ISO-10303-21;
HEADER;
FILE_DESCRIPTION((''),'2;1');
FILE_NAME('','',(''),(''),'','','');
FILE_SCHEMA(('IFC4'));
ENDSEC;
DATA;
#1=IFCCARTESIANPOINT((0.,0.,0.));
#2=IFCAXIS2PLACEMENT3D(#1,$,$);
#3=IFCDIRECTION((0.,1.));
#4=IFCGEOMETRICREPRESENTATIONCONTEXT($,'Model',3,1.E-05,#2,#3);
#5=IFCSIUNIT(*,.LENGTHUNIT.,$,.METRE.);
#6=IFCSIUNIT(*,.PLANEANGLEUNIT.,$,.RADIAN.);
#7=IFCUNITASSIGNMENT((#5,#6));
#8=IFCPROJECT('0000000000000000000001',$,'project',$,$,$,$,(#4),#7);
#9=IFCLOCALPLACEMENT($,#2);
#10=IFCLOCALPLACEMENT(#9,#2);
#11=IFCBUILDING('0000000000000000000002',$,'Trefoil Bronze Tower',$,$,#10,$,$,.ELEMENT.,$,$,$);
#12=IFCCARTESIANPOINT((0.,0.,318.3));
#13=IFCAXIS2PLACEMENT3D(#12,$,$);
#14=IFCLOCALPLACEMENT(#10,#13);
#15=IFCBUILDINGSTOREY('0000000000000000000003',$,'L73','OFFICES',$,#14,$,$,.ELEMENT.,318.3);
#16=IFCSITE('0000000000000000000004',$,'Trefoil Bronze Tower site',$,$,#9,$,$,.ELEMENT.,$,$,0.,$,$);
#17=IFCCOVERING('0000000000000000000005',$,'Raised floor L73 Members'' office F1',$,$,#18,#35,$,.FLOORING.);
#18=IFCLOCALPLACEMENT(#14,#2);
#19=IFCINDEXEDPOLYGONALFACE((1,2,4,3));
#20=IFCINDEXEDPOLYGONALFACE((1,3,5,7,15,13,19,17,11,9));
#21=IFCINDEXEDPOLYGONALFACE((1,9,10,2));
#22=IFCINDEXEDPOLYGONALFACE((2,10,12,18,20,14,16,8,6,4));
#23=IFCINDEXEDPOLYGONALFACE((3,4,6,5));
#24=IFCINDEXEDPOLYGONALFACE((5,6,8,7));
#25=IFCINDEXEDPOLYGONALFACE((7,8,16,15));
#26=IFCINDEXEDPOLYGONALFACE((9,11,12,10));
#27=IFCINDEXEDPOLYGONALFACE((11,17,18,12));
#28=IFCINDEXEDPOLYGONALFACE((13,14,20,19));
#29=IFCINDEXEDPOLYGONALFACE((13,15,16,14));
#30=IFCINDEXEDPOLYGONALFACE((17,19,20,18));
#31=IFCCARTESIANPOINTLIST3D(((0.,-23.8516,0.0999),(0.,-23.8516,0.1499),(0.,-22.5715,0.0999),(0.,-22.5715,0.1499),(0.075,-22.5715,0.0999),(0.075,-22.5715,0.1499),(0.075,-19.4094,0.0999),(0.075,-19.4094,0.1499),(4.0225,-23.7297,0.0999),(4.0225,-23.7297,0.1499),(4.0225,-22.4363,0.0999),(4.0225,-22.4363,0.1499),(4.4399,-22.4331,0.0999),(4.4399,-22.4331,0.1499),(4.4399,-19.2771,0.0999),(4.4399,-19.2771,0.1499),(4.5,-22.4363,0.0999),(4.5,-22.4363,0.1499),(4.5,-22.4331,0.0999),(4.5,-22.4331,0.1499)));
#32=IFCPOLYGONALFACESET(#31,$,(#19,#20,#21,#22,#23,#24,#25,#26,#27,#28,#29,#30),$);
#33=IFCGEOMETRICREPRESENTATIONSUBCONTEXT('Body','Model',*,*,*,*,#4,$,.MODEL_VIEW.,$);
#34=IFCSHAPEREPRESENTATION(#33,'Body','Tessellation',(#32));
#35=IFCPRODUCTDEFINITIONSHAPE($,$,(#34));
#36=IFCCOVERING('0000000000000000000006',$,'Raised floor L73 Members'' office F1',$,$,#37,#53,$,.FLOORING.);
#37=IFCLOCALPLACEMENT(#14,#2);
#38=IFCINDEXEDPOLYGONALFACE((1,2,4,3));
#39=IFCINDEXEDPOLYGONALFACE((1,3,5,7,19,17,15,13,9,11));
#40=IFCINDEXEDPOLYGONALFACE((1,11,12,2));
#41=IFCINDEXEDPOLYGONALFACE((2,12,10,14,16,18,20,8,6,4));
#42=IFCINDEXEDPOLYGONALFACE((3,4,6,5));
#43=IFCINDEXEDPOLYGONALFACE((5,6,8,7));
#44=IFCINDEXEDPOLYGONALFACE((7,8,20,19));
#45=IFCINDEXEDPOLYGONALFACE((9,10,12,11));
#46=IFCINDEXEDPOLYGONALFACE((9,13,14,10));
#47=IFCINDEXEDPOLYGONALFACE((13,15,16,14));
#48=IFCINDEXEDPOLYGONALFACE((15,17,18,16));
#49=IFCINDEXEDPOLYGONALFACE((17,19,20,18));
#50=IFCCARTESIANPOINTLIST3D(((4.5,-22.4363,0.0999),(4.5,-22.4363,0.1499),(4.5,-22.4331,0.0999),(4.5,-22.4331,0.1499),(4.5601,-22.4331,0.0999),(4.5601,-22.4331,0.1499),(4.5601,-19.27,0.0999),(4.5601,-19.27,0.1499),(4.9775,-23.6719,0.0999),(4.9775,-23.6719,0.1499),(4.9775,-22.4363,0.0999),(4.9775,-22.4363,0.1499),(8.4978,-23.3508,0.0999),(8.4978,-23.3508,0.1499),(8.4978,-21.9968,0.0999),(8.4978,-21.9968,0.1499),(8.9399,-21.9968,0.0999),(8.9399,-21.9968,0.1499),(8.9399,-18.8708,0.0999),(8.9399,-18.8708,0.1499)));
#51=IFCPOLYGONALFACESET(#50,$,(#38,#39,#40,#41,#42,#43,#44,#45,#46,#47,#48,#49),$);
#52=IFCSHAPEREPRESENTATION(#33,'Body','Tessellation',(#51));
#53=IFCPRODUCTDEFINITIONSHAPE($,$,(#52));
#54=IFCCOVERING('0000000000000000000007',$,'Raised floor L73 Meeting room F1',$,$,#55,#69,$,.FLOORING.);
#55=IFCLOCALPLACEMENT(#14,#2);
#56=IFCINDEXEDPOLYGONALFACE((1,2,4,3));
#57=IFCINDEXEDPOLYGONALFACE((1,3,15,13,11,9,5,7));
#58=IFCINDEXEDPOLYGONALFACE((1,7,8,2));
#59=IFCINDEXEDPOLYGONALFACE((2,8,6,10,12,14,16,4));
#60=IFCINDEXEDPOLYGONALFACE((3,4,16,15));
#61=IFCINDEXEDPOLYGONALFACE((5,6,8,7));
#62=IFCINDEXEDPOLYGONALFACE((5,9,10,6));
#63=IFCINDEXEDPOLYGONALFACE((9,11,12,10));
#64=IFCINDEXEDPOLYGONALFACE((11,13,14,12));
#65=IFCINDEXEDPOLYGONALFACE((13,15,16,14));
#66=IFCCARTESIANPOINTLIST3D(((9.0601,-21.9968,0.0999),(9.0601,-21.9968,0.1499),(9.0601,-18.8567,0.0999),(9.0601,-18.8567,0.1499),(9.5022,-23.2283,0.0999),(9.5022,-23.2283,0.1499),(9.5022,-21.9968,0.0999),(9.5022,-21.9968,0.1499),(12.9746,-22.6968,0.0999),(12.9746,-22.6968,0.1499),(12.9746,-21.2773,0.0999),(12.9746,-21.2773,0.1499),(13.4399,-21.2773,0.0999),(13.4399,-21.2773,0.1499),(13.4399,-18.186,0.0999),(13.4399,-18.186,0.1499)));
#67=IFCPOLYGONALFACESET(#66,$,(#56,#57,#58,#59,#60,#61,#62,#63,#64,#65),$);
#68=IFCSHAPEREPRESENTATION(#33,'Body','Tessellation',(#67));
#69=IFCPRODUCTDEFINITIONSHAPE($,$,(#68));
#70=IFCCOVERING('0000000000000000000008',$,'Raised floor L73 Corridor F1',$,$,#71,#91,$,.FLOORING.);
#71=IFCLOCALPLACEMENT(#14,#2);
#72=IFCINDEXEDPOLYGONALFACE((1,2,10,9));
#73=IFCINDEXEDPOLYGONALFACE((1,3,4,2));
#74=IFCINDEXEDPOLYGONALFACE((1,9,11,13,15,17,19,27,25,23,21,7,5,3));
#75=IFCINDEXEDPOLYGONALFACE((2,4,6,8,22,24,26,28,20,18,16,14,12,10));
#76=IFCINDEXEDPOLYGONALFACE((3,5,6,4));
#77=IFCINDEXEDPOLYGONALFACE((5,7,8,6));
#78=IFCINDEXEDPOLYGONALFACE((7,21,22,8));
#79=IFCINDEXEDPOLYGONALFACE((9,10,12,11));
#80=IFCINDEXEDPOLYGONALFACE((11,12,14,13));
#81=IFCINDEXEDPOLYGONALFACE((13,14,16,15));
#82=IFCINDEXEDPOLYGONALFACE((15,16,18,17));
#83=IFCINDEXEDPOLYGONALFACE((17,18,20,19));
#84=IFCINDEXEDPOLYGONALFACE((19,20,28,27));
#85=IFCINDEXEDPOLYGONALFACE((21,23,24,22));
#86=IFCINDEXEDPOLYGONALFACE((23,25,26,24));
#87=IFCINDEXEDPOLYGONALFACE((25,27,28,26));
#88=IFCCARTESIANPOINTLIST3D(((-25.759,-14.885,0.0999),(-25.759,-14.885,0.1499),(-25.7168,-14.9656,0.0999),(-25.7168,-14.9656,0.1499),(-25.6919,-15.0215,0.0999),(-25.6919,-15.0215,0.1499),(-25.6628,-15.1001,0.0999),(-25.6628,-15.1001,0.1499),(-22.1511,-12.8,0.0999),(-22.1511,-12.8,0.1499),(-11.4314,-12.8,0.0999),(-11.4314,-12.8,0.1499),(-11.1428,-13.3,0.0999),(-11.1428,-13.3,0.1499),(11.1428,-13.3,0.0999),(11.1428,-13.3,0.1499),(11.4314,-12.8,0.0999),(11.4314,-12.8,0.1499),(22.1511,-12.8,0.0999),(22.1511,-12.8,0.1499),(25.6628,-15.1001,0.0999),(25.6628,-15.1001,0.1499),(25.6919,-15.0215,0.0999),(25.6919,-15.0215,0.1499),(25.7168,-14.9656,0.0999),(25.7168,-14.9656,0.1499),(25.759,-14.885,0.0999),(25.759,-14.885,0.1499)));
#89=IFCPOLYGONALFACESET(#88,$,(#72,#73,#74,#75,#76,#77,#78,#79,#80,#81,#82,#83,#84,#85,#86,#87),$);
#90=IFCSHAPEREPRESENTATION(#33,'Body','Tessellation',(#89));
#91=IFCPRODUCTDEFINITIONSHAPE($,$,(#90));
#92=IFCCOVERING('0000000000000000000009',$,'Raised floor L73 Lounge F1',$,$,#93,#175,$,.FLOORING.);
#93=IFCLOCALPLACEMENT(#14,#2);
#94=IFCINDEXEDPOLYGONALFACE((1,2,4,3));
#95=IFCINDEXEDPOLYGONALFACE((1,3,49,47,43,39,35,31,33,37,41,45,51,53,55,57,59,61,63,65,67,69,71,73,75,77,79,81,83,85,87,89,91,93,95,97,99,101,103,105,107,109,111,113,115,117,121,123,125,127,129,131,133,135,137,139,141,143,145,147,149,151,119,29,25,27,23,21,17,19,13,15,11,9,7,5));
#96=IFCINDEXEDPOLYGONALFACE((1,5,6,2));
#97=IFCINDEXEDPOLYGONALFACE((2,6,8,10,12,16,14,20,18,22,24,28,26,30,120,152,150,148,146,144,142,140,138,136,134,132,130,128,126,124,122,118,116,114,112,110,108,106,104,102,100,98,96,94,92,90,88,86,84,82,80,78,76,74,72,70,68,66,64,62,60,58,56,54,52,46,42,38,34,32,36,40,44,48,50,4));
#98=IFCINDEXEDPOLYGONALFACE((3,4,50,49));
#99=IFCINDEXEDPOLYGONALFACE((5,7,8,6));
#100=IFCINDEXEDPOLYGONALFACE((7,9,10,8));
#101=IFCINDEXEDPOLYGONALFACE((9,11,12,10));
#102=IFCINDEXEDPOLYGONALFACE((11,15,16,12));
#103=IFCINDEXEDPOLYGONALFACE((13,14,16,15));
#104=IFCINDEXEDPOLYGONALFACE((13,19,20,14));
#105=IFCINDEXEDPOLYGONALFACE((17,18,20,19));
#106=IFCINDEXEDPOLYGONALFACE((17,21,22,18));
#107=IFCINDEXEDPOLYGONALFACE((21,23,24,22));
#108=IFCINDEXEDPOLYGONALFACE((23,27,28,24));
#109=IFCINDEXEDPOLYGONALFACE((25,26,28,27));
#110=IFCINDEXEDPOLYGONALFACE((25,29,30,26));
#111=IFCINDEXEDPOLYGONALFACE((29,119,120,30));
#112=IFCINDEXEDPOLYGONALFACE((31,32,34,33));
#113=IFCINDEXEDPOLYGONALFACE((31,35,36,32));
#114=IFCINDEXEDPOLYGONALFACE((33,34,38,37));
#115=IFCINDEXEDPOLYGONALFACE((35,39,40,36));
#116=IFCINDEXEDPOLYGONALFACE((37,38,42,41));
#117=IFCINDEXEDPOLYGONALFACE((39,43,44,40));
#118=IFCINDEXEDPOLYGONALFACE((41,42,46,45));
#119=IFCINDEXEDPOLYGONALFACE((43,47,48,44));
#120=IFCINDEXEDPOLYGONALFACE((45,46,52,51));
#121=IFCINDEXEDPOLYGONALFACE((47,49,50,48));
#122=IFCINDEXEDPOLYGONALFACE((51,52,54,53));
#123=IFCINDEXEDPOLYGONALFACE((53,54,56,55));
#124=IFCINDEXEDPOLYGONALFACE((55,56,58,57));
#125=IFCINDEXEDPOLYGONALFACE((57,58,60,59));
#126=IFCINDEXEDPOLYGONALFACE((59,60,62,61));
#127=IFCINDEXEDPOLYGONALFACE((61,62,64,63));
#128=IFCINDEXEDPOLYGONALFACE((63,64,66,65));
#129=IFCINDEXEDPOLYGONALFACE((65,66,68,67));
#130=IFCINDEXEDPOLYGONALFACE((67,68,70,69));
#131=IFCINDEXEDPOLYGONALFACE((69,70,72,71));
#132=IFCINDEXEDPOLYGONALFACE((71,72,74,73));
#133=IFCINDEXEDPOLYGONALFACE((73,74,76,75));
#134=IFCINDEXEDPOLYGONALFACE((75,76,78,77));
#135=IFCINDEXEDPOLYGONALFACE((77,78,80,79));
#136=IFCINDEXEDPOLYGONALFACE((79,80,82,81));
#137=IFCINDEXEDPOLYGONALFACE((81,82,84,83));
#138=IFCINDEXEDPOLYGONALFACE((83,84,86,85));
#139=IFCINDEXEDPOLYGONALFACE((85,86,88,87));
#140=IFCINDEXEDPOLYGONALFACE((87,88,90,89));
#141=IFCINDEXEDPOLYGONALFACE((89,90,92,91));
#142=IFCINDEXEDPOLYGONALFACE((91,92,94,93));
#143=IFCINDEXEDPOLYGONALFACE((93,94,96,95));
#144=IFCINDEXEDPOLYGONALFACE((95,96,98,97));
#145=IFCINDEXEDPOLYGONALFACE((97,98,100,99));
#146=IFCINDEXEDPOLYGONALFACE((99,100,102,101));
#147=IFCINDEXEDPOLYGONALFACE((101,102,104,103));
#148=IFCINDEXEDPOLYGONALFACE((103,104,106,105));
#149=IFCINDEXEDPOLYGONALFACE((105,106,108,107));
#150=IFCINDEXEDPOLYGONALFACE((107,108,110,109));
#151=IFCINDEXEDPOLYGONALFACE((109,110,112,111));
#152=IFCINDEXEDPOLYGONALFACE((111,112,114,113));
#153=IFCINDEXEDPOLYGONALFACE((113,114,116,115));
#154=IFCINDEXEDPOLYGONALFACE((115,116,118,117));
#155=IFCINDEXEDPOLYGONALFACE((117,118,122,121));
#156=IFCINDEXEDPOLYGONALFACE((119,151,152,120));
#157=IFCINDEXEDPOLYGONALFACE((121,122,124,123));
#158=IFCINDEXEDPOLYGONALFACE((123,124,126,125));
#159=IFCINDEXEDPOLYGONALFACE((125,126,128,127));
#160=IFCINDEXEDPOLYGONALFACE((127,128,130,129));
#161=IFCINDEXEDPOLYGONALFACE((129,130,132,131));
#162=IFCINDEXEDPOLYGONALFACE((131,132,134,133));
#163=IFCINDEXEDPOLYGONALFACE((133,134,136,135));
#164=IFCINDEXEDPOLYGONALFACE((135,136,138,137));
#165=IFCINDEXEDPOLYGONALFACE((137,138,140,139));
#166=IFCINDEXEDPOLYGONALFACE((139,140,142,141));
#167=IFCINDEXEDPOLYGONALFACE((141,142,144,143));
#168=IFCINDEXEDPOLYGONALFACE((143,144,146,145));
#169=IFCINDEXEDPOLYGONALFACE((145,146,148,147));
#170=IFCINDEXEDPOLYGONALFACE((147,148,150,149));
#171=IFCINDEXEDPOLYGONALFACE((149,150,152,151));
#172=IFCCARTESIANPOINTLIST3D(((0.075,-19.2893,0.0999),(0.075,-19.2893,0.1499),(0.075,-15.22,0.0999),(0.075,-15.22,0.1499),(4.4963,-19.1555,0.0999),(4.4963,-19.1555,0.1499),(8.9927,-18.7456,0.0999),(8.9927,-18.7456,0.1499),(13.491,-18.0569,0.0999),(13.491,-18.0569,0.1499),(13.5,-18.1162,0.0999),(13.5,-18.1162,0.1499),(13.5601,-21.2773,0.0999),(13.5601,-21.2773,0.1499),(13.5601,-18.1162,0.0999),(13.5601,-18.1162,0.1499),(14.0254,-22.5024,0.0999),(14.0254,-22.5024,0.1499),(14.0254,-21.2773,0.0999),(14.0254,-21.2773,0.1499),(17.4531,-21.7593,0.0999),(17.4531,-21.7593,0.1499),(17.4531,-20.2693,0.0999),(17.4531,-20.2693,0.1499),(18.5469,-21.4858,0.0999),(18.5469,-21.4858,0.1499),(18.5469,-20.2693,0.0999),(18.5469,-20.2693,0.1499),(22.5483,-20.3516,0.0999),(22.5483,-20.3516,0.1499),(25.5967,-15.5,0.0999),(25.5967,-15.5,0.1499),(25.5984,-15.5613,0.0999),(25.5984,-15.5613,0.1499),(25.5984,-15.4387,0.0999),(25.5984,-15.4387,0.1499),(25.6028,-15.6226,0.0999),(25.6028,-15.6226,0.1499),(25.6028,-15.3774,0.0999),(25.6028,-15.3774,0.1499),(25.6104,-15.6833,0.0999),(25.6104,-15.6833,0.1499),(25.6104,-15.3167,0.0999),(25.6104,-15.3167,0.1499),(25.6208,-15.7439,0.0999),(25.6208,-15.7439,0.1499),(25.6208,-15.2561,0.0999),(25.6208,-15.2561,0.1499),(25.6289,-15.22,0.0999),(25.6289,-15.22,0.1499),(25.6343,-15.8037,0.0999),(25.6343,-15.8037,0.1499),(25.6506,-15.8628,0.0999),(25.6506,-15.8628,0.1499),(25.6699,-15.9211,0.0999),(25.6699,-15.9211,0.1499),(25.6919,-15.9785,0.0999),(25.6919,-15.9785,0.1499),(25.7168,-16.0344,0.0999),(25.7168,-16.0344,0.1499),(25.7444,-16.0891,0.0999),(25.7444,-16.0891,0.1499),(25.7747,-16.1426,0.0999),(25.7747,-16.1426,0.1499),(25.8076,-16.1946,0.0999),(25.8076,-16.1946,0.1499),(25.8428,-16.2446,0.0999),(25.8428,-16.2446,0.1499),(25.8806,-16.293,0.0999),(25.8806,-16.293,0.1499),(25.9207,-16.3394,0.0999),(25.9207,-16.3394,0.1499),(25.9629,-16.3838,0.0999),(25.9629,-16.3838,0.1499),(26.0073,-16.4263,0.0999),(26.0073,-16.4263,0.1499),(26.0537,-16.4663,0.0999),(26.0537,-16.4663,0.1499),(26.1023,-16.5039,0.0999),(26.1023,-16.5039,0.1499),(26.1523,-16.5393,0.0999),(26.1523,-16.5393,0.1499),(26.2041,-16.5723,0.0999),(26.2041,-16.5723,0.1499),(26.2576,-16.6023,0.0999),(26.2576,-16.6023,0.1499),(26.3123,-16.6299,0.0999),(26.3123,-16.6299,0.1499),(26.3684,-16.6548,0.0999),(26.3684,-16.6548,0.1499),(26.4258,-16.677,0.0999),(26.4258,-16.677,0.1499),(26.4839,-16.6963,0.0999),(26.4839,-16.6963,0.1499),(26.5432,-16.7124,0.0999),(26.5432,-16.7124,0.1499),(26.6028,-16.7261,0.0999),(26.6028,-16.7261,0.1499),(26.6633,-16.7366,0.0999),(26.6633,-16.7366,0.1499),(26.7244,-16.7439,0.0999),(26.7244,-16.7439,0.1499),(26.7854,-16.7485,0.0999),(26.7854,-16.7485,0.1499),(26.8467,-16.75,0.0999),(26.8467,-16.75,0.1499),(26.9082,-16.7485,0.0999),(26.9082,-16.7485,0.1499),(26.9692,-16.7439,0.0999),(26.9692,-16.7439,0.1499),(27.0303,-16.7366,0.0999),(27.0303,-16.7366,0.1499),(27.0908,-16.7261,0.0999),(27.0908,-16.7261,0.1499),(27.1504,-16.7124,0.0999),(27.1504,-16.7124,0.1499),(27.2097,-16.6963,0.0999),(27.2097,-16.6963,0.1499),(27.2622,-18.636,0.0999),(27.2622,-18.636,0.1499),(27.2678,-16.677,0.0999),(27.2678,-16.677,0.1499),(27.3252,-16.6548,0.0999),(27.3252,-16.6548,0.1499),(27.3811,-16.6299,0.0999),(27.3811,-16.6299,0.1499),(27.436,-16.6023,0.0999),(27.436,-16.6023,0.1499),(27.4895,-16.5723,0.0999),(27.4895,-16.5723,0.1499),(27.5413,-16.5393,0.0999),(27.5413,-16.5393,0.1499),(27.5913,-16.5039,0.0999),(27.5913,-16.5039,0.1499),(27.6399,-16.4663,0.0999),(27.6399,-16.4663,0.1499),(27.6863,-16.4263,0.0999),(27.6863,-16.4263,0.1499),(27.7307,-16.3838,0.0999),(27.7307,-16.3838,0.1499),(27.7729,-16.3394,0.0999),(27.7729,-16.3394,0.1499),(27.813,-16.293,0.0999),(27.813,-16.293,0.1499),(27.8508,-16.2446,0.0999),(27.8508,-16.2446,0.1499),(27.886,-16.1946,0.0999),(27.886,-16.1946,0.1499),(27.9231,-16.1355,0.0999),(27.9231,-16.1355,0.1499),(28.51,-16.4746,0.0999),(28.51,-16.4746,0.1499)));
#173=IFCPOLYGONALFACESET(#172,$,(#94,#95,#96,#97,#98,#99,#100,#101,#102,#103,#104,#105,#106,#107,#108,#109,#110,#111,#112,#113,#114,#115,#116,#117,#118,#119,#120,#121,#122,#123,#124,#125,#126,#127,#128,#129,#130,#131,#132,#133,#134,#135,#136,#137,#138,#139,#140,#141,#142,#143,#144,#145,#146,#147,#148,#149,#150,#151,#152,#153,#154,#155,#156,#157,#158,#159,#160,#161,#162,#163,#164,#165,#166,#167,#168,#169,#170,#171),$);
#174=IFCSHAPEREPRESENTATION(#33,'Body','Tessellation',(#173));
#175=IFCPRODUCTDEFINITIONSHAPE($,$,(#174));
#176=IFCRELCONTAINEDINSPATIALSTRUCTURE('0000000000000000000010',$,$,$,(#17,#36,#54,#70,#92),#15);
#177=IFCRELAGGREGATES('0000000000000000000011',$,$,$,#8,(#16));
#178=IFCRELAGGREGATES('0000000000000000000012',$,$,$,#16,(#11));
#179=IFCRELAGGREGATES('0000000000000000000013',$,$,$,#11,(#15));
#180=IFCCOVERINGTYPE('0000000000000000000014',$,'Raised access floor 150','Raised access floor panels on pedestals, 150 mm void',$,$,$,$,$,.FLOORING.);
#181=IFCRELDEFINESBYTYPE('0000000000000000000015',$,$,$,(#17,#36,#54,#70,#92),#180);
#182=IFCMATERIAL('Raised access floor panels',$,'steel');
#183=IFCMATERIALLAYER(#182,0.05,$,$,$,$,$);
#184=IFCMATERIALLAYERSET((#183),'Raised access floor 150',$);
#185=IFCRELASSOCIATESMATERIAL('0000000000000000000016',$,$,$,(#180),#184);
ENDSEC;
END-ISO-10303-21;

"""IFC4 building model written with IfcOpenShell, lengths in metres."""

from ifc_helpers import new_model, si_unit, direction, frame, origin, place, context, subcontext, project, spatial, polyline, outline, extrude, material, layer, layer_set, type_object, element, save


model = new_model("IFC4")

# Units and contexts
model_context = context("Model", 3, precision=1e-05, world=origin(), true_north=direction((0.0, 1.0)))
body_context = subcontext(model_context, "Body", "Model", "MODEL_VIEW")
ifc_project = project(units=[si_unit("LENGTHUNIT", "METRE"), si_unit("PLANEANGLEUNIT", "RADIAN")], contexts=[model_context])

# Site, building, storey
site_placement = place(None, origin())
site = spatial("IfcSite", under=ifc_project, at=site_placement, Name="Trefoil Bronze Tower site", CompositionType="ELEMENT", RefElevation=0.0)
building_placement = place(site_placement, origin())
building = spatial("IfcBuilding", under=site, at=building_placement, Name="Trefoil Bronze Tower", CompositionType="ELEMENT")
storey_placement = place(building_placement, frame((0.0, 0.0, 318.3)))
storey = spatial("IfcBuildingStorey", under=building, at=storey_placement, Name="L73", Description="OFFICES", CompositionType="ELEMENT", Elevation=318.3)

# Coverings
ifc_material_1 = material(Name="Raised access floor panels", Category="steel")
ifc_layer_1 = layer(ifc_material_1, 0.05)
ifc_layer_set_1 = layer_set([ifc_layer_1], Name="Raised access floor 150")
covering_type_1 = type_object("IfcCoveringType", Name="Raised access floor 150", Description="Raised access floor panels on pedestals, 150 mm void", PredefinedType="FLOORING", material=ifc_layer_set_1)
covering_1_placement = place(storey_placement, frame((0.0, 0.0, 0.0999)))
element("IfcCovering", 1, at=covering_1_placement, inside=storey, type_object=covering_type_1, Name="Raised floor L73 Members' office F1", PredefinedType="FLOORING", context=body_context, shape_type="SweptSolid", body=[
    extrude(outline(polyline([(0.0, -22.5715), (0.075, -22.5715), (0.075, -19.4094), (4.4399, -19.2771), (4.4399, -22.4331), (4.5, -22.4331), (4.5, -22.4363), (4.0225, -22.4363), (4.0225, -23.7297), (0.0, -23.8516), (0.0, -22.5715)])), origin(), (0.0, 0.0, 1.0), 0.05),
])
covering_2_placement = place(storey_placement, frame((0.0, 0.0, 0.0999)))
element("IfcCovering", 2, at=covering_2_placement, inside=storey, type_object=covering_type_1, Name="Raised floor L73 Members' office F1", PredefinedType="FLOORING", context=body_context, shape_type="SweptSolid", body=[
    extrude(outline(polyline([(4.5, -22.4331), (4.5601, -22.4331), (4.5601, -19.27), (8.9399, -18.8708), (8.9399, -21.9968), (8.4978, -21.9968), (8.4978, -23.3508), (4.9775, -23.6719), (4.9775, -22.4363), (4.5, -22.4363), (4.5, -22.4331)])), origin(), (0.0, 0.0, 1.0), 0.05),
])
covering_3_placement = place(storey_placement, frame((0.0, 0.0, 0.0999)))
element("IfcCovering", 3, at=covering_3_placement, inside=storey, type_object=covering_type_1, Name="Raised floor L73 Meeting room F1", PredefinedType="FLOORING", context=body_context, shape_type="SweptSolid", body=[
    extrude(outline(polyline([(9.0601, -18.8567), (13.4399, -18.186), (13.4399, -21.2773), (12.9746, -21.2773), (12.9746, -22.6968), (9.5022, -23.2283), (9.5022, -21.9968), (9.0601, -21.9968), (9.0601, -18.8567)])), origin(), (0.0, 0.0, 1.0), 0.05),
])
covering_4_placement = place(storey_placement, frame((0.0, 0.0, 0.0999)))
element("IfcCovering", 4, at=covering_4_placement, inside=storey, type_object=covering_type_1, Name="Raised floor L73 Corridor F1", PredefinedType="FLOORING", context=body_context, shape_type="SweptSolid", body=[
    extrude(outline(polyline([(-25.759, -14.885), (-22.1511, -12.8), (-11.4314, -12.8), (-11.1428, -13.3), (11.1428, -13.3), (11.4314, -12.8), (22.1511, -12.8), (25.759, -14.885), (25.7168, -14.9656), (25.6919, -15.0215), (25.6628, -15.1001), (-25.6628, -15.1001), (-25.6919, -15.0215), (-25.7168, -14.9656), (-25.759, -14.885)])), origin(), (0.0, 0.0, 1.0), 0.05),
])
covering_5_placement = place(storey_placement, frame((0.0, 0.0, 0.0999)))
element("IfcCovering", 5, at=covering_5_placement, inside=storey, type_object=covering_type_1, Name="Raised floor L73 Lounge F1", PredefinedType="FLOORING", context=body_context, shape_type="SweptSolid", body=[
    extrude(outline(polyline([(13.5601, -18.1162), (13.5, -18.1162), (13.491, -18.0569), (8.9927, -18.7456), (4.4963, -19.1555), (0.075, -19.2893), (0.075, -15.22), (25.6289, -15.22), (25.6208, -15.2561), (25.6104, -15.3167), (25.6028, -15.3774), (25.5984, -15.4387), (25.5967, -15.5), (25.5984, -15.5613), (25.6028, -15.6226), (25.6104, -15.6833), (25.6208, -15.7439), (25.6343, -15.8037), (25.6506, -15.8628), (25.6699, -15.9211), (25.6919, -15.9785), (25.7168, -16.0344), (25.7444, -16.0891), (25.7747, -16.1426), (25.8076, -16.1946), (25.8428, -16.2446), (25.8806, -16.293), (25.9207, -16.3394), (25.9629, -16.3838), (26.0073, -16.4263), (26.0537, -16.4663), (26.1023, -16.5039), (26.1523, -16.5393), (26.2041, -16.5723), (26.2576, -16.6023), (26.3123, -16.6299), (26.3684, -16.6548), (26.4258, -16.677), (26.4839, -16.6963), (26.5432, -16.7124), (26.6028, -16.7261), (26.6633, -16.7366), (26.7244, -16.7439), (26.7854, -16.7485), (26.8467, -16.75), (26.9082, -16.7485), (26.9692, -16.7439), (27.0303, -16.7366), (27.0908, -16.7261), (27.1504, -16.7124), (27.2097, -16.6963), (27.2678, -16.677), (27.3252, -16.6548), (27.3811, -16.6299), (27.436, -16.6023), (27.4895, -16.5723), (27.5413, -16.5393), (27.5913, -16.5039), (27.6399, -16.4663), (27.6863, -16.4263), (27.7307, -16.3838), (27.7729, -16.3394), (27.813, -16.293), (27.8508, -16.2446), (27.886, -16.1946), (27.9231, -16.1355), (28.51, -16.4746), (27.2622, -18.636), (22.5483, -20.3516), (18.5469, -21.4858), (18.5469, -20.2693), (17.4531, -20.2693), (17.4531, -21.7593), (14.0254, -22.5024), (14.0254, -21.2773), (13.5601, -21.2773), (13.5601, -18.1162)])), origin(), (0.0, 0.0, 1.0), 0.05),
])

save(model, "model.ifc")
